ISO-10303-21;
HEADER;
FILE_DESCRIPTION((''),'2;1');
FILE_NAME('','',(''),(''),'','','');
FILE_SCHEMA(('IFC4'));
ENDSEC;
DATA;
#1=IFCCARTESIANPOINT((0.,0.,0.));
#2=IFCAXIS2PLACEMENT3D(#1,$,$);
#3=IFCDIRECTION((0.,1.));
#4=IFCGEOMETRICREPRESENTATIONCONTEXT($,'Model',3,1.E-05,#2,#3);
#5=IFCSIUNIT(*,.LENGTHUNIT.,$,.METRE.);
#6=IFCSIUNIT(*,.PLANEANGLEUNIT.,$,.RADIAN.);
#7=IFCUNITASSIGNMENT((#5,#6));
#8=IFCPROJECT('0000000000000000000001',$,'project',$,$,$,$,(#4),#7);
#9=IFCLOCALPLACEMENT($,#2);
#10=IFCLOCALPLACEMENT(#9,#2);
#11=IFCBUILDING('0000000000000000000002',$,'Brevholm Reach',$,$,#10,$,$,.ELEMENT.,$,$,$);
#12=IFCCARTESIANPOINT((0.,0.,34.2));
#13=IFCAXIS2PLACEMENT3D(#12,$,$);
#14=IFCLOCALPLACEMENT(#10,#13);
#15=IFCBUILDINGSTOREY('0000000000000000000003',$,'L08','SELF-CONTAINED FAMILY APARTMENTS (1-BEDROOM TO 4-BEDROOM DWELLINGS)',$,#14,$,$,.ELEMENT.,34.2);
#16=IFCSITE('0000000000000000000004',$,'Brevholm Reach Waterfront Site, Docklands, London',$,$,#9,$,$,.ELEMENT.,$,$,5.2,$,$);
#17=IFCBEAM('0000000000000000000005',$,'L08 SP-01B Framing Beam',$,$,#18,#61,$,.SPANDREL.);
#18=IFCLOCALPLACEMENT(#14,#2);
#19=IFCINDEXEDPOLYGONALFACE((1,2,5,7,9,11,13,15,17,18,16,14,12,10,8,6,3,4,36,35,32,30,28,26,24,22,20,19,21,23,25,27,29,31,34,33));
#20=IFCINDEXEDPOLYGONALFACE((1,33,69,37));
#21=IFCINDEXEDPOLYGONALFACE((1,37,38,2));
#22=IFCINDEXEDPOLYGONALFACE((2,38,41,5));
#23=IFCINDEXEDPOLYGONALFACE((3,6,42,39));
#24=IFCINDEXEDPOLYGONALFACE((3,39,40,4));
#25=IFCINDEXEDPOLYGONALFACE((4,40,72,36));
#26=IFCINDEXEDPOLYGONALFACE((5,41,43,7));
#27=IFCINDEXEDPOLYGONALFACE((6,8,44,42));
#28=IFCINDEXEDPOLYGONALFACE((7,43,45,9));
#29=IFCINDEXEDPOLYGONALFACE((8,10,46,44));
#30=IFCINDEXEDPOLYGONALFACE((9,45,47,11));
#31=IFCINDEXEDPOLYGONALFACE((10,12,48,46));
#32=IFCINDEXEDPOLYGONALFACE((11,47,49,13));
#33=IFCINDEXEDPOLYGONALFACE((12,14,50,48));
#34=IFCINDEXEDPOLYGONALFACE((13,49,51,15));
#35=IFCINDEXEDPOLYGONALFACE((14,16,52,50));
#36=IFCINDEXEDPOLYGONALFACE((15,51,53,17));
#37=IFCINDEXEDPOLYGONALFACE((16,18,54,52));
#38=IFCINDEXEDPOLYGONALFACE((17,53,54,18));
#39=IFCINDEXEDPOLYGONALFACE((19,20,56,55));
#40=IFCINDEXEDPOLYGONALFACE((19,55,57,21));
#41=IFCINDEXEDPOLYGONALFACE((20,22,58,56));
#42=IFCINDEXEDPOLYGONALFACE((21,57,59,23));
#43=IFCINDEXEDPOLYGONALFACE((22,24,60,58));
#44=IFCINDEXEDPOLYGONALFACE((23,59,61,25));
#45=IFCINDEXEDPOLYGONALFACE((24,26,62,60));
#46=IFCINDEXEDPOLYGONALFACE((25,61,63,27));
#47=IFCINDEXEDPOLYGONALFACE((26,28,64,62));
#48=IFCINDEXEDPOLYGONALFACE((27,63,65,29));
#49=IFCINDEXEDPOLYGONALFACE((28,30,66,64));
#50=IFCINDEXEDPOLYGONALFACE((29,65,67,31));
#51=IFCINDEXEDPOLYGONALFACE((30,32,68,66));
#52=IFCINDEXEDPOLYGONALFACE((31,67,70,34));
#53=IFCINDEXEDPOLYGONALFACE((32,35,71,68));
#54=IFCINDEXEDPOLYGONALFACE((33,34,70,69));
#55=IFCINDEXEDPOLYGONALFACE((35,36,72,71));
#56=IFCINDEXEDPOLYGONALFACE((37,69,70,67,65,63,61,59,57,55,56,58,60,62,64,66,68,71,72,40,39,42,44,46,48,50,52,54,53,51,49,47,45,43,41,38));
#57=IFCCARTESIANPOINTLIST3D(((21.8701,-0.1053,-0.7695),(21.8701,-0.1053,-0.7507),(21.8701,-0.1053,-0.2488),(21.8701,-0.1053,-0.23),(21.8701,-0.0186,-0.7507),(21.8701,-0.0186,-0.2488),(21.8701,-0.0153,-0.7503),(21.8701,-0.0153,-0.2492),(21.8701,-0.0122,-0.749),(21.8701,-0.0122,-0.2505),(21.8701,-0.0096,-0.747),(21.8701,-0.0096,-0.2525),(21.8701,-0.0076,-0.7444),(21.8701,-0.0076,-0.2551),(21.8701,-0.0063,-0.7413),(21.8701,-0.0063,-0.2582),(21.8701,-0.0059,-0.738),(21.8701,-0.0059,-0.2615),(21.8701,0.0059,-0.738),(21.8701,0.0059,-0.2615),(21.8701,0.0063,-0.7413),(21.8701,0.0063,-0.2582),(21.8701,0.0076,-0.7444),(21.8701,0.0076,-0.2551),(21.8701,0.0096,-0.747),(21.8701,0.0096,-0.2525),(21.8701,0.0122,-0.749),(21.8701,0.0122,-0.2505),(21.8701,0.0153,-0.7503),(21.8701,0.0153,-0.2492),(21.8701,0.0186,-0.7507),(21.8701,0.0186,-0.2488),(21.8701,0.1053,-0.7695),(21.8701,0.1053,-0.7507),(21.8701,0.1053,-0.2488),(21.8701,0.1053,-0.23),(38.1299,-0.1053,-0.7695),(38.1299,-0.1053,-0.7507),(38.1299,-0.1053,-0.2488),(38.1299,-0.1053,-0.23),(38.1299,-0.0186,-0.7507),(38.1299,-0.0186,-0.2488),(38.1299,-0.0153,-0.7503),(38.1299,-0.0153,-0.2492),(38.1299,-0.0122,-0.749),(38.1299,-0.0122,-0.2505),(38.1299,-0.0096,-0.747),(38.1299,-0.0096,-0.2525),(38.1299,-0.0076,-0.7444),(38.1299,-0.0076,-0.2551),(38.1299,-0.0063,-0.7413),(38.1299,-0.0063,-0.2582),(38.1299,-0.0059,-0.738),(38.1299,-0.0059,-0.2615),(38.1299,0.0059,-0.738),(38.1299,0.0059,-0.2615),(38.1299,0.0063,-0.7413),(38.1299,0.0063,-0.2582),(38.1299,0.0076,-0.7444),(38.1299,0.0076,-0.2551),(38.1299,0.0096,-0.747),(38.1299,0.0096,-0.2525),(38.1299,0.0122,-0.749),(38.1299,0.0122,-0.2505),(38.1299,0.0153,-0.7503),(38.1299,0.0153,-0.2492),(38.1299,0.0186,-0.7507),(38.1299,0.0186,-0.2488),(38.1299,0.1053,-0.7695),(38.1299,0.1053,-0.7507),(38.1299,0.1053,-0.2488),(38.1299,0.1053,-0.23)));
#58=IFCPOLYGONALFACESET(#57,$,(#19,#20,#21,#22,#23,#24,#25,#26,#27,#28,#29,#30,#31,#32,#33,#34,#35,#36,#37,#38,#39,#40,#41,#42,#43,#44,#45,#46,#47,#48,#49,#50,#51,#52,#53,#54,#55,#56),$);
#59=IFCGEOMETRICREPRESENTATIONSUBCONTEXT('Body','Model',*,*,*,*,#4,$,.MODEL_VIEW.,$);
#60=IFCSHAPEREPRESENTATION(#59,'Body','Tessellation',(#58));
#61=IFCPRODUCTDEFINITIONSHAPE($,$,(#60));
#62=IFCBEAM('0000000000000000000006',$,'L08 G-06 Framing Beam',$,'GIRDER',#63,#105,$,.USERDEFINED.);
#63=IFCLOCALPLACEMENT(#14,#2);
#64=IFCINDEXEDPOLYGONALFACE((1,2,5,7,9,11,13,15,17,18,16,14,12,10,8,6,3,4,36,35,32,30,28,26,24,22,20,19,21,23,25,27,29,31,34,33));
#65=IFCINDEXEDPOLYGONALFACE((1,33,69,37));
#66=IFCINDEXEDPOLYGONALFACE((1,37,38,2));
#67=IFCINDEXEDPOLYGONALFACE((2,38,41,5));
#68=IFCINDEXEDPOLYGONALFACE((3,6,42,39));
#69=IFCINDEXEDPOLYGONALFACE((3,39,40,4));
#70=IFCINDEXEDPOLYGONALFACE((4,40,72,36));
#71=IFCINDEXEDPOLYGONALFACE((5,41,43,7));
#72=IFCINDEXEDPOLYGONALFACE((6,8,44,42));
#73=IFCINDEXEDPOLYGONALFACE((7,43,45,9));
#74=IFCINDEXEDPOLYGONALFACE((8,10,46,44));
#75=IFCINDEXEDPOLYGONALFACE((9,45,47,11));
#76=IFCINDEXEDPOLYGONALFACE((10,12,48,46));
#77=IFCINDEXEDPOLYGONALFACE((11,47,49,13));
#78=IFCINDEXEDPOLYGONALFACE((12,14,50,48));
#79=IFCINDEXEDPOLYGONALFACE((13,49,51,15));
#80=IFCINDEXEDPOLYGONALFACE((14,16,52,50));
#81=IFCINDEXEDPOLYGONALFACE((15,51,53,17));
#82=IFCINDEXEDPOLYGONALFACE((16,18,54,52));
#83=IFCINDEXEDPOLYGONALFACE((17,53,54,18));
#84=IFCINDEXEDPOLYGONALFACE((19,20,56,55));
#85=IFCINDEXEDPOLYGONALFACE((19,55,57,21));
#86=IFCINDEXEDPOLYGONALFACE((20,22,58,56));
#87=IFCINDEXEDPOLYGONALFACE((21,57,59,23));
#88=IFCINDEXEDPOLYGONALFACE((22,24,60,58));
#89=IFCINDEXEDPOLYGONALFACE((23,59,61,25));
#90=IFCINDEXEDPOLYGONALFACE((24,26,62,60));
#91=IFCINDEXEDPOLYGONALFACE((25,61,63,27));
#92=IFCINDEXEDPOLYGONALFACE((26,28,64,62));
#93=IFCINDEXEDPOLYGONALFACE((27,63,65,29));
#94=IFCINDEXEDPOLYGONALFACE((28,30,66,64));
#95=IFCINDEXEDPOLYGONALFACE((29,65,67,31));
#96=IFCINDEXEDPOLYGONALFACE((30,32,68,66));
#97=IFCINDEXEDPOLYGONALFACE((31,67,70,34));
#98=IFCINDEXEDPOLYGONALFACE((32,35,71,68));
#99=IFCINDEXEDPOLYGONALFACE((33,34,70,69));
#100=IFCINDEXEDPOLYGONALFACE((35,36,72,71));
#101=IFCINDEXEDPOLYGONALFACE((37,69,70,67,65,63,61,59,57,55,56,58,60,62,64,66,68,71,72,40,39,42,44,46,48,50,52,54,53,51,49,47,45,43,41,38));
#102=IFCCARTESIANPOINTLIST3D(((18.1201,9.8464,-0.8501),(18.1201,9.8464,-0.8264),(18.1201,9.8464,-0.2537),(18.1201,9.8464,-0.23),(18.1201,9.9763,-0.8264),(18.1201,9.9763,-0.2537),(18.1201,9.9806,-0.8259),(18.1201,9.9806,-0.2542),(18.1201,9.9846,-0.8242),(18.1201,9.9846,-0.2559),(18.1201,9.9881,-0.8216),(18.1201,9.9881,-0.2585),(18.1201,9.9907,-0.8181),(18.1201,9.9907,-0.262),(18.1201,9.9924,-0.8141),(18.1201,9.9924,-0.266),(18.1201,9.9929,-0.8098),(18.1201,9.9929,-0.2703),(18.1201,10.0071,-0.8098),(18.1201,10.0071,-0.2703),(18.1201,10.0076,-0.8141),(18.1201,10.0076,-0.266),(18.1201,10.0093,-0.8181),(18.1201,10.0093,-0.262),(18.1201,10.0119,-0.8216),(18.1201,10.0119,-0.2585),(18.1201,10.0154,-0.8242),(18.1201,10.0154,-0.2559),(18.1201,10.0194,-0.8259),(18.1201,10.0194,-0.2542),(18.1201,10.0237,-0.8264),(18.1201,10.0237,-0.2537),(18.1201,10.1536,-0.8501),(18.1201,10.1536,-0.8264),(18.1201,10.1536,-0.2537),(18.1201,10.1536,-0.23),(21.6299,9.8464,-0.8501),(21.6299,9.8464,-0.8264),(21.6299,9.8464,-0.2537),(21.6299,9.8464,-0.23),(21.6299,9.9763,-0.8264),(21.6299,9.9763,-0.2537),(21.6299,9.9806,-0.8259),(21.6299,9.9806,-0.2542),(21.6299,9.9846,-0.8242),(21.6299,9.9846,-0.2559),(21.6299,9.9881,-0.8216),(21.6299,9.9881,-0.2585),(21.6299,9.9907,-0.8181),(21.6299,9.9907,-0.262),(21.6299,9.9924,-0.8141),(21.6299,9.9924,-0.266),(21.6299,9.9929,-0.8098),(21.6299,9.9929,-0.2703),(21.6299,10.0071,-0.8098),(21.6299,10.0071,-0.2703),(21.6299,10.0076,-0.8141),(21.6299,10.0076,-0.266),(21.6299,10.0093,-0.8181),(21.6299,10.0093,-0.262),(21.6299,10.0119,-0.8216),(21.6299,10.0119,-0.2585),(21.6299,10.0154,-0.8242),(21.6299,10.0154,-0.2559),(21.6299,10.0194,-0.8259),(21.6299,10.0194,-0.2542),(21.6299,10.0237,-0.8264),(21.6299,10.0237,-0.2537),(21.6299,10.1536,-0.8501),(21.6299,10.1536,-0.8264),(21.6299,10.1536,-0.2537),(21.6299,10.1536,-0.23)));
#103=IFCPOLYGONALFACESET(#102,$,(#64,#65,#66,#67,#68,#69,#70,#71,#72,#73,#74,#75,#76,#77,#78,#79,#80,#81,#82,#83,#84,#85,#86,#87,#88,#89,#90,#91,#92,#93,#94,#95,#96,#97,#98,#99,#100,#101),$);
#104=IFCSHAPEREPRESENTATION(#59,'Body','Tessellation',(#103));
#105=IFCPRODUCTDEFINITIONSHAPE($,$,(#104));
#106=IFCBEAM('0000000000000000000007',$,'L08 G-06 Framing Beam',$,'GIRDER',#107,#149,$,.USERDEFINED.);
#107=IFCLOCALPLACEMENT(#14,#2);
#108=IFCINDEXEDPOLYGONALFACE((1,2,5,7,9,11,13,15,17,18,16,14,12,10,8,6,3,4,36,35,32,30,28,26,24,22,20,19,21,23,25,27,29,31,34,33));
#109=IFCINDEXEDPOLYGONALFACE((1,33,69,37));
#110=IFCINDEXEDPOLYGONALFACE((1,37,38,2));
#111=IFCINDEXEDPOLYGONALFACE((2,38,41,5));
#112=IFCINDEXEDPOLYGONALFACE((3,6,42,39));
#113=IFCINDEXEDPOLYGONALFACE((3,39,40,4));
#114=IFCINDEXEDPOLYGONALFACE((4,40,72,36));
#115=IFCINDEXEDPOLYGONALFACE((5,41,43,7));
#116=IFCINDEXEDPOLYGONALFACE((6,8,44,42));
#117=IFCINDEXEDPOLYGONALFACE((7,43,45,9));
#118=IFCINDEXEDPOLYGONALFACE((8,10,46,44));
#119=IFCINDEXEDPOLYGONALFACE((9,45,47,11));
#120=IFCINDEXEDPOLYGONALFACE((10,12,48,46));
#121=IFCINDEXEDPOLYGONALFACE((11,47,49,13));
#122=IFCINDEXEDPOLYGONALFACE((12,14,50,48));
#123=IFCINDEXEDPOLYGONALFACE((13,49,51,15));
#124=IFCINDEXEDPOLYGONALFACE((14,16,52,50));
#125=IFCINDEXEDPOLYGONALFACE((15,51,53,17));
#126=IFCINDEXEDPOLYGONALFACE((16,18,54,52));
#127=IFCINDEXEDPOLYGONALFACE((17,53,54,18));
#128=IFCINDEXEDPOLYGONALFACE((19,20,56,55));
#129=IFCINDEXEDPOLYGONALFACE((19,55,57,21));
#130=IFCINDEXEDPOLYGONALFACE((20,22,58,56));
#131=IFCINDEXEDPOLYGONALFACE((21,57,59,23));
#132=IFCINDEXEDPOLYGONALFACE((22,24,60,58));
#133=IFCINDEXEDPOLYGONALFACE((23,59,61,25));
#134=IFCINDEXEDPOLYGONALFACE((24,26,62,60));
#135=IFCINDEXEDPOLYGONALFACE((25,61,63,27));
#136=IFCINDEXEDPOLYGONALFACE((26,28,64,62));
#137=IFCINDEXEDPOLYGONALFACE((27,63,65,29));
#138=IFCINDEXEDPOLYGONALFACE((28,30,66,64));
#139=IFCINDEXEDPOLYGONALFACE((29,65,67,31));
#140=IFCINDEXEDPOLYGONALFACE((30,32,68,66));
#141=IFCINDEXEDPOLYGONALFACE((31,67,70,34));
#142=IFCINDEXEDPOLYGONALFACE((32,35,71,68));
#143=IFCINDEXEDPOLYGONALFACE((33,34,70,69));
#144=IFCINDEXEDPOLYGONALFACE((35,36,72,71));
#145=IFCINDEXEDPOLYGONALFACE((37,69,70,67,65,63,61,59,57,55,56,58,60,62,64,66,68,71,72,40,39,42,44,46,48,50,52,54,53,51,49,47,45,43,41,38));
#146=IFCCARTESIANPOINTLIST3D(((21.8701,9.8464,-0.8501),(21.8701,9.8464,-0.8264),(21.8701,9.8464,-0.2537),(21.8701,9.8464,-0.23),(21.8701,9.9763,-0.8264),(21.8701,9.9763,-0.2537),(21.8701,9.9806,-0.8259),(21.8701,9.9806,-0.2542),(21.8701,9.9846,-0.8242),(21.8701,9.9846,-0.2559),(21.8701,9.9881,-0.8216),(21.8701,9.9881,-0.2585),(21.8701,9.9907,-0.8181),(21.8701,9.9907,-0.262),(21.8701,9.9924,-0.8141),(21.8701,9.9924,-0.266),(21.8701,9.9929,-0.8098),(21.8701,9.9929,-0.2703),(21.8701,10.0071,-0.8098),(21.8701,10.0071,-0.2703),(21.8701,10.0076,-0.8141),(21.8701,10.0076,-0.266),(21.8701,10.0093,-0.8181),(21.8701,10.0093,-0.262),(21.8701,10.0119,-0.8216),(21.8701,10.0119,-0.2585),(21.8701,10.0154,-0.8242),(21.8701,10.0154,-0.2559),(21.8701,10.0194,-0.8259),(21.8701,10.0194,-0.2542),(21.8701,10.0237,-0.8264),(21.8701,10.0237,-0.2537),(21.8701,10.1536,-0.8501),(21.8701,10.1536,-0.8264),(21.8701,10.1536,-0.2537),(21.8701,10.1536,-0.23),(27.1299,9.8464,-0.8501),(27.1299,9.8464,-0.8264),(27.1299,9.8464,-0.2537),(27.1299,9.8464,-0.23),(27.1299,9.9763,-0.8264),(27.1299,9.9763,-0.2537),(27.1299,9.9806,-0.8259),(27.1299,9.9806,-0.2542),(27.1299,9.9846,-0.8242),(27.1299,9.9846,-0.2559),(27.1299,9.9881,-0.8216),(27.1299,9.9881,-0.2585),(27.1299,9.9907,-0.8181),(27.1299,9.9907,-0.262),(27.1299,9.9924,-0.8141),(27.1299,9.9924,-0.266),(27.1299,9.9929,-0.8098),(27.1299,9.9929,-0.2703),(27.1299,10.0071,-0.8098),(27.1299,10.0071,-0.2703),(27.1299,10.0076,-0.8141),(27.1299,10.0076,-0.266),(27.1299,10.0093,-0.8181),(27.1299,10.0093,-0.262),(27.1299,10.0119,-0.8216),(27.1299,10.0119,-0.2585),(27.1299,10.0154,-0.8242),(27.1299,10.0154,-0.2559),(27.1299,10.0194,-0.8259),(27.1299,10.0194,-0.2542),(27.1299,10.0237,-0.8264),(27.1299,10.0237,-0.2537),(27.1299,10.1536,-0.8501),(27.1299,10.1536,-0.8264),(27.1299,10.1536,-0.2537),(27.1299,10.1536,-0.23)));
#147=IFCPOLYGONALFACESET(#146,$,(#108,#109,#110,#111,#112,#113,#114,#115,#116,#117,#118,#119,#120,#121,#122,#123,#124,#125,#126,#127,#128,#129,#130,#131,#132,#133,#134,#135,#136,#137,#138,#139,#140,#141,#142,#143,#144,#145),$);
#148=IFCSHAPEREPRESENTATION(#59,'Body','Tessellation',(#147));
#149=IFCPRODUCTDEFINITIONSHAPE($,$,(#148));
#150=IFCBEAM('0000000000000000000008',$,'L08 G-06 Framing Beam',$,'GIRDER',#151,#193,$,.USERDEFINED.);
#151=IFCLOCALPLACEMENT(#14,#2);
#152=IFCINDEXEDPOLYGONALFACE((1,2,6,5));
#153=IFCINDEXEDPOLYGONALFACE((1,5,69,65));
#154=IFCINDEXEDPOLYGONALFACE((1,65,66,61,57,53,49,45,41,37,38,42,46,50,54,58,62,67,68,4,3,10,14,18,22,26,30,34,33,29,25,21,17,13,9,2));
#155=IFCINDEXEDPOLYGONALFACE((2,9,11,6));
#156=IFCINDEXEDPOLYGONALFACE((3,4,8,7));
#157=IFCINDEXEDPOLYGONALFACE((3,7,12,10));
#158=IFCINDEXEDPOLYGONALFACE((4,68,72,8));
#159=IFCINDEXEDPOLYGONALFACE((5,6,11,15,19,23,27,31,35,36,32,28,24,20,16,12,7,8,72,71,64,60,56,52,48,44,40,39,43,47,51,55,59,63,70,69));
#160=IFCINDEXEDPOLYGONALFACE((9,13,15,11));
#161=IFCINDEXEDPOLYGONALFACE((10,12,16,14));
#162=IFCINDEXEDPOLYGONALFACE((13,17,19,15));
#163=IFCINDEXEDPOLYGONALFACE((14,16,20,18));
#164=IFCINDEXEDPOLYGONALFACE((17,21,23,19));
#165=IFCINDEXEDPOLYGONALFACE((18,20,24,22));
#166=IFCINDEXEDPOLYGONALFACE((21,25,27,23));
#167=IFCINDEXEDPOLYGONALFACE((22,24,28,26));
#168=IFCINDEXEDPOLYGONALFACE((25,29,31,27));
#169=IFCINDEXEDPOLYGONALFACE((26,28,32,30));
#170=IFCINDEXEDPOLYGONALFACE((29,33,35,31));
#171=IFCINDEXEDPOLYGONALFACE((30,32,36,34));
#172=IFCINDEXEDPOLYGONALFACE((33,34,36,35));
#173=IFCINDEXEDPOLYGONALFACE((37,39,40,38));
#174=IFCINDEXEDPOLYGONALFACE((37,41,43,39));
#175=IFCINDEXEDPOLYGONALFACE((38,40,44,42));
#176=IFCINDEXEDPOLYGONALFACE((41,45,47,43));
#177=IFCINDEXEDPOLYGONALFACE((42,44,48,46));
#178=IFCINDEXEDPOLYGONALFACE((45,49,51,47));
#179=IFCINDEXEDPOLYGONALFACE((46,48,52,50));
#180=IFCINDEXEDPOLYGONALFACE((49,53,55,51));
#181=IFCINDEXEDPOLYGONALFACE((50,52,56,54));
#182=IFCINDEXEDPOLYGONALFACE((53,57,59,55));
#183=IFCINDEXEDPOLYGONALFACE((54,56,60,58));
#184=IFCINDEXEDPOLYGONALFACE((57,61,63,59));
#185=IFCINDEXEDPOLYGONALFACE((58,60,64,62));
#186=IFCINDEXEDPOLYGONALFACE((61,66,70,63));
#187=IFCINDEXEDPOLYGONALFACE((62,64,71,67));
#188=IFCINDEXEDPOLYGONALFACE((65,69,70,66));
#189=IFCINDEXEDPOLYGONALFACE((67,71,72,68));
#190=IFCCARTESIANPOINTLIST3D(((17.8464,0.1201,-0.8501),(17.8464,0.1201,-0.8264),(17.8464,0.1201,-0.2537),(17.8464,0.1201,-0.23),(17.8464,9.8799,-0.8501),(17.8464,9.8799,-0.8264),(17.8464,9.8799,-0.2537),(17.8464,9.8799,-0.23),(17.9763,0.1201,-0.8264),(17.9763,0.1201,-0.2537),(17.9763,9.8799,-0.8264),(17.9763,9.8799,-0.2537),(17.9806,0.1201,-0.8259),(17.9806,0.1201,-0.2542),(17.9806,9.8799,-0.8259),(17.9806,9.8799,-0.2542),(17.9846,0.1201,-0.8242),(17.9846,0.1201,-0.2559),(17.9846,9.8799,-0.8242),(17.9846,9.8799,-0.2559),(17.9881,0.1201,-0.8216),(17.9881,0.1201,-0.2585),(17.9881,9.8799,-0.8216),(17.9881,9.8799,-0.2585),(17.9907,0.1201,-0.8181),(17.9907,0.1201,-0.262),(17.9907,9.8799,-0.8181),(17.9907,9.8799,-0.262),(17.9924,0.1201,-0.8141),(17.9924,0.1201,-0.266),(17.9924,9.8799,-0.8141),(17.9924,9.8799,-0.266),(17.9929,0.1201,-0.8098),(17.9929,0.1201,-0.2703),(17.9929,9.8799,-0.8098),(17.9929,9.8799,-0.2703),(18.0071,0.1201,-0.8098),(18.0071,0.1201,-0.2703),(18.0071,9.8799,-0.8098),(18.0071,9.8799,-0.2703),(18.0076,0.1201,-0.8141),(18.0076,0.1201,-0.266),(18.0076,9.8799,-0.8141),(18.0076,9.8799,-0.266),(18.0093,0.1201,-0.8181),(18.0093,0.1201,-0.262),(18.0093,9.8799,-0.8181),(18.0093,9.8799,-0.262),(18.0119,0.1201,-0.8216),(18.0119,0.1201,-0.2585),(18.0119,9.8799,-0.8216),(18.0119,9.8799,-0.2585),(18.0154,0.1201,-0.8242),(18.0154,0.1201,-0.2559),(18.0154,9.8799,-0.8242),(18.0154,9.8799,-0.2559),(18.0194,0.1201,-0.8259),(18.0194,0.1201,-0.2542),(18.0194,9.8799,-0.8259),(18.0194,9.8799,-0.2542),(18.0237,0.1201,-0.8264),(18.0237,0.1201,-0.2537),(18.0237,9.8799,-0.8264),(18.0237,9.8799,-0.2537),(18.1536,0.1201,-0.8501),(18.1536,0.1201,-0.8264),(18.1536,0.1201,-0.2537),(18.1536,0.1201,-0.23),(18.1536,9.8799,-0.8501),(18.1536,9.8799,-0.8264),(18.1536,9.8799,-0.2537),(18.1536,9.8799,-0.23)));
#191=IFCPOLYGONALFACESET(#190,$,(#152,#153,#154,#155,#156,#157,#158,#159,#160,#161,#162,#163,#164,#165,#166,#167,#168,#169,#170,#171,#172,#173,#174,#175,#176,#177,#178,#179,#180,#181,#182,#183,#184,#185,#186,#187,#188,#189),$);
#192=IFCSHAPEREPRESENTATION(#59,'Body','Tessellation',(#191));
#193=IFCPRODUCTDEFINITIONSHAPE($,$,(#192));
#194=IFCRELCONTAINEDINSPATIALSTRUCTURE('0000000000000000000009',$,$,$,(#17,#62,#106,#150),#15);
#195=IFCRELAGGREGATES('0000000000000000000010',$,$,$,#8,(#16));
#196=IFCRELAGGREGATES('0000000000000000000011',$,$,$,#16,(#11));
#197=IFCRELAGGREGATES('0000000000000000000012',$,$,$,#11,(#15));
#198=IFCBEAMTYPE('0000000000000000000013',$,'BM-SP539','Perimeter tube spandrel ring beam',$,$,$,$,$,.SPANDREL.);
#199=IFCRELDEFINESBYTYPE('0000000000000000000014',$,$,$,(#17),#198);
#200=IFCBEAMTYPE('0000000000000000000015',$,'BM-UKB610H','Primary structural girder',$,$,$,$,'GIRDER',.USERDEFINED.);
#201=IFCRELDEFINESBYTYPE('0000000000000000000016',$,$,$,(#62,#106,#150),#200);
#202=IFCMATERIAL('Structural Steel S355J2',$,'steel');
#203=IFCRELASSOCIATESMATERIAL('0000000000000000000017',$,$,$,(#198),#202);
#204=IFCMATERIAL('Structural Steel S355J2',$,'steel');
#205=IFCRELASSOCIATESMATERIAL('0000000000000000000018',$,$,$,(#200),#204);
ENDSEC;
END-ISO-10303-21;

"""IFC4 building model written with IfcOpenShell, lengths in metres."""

from ifc_helpers import new_model, si_unit, direction, frame, origin, origin_2d, place, context, subcontext, project, spatial, i_section, extrude, material, material_profile, profile_set, type_object, element, save


model = new_model("IFC4")

# Units and contexts
model_context = context("Model", 3, precision=1e-05, world=origin(), true_north=direction((0.0, 1.0)))
body_context = subcontext(model_context, "Body", "Model", "MODEL_VIEW")
ifc_project = project(units=[si_unit("LENGTHUNIT", "METRE"), si_unit("PLANEANGLEUNIT", "RADIAN")], contexts=[model_context])

# Site, building, storey
site_placement = place(None, origin())
site = spatial("IfcSite", under=ifc_project, at=site_placement, Name="Brevholm Reach Waterfront Site, Docklands, London", CompositionType="ELEMENT", RefElevation=5.2)
building_placement = place(site_placement, origin())
building = spatial("IfcBuilding", under=site, at=building_placement, Name="Brevholm Reach", CompositionType="ELEMENT")
storey_placement = place(building_placement, frame((0.0, 0.0, 34.2)))
storey = spatial("IfcBuildingStorey", under=building, at=storey_placement, Name="L08", Description="SELF-CONTAINED FAMILY APARTMENTS (1-BEDROOM TO 4-BEDROOM DWELLINGS)", CompositionType="ELEMENT", Elevation=34.2)

# Beams
ifc_material_1 = material(Name="Structural Steel S355J2", Category="steel")
ifc_material_profile_1 = material_profile(ifc_material_1, i_section(OverallWidth=0.2107, OverallDepth=0.5396, WebThickness=0.0117, FlangeThickness=0.0188, FilletRadius=0.0127, at=origin_2d()), Name="UKB 533x210x109")
ifc_profile_set_1 = profile_set([ifc_material_profile_1], Name="Structural Steel S355J2")
beam_type_1 = type_object("IfcBeamType", Name="BM-SP539", Description="Perimeter tube spandrel ring beam", PredefinedType="SPANDREL", material=ifc_profile_set_1)
beam_1_placement = place(storey_placement, frame((21.8701, 0.0, -0.4998), z_axis=(1.0, 0.0, 0.0), x_axis=(0.0, 1.0, 0.0)))
element("IfcBeam", 1, at=beam_1_placement, inside=storey, type_object=beam_type_1, Name="L08 SP-01B Framing Beam", PredefinedType="SPANDREL", context=body_context, shape_type="SweptSolid", body=[
    extrude(i_section(OverallWidth=0.2107, OverallDepth=0.5396, WebThickness=0.0117, FlangeThickness=0.0188, FilletRadius=0.0127, at=origin_2d()), origin(), (0.0, 0.0, 1.0), 16.2598),
])
ifc_material_2 = material(Name="Structural Steel S355J2", Category="steel")
ifc_material_profile_2 = material_profile(ifc_material_2, i_section(OverallWidth=0.3071, OverallDepth=0.6201, WebThickness=0.0142, FlangeThickness=0.0237, FilletRadius=0.0166, at=origin_2d()), Name="UKB 610x305x179")
ifc_profile_set_2 = profile_set([ifc_material_profile_2], Name="Structural Steel S355J2")
beam_type_2 = type_object("IfcBeamType", Name="BM-UKB610H", Description="Primary structural girder", ElementType="GIRDER", PredefinedType="USERDEFINED", material=ifc_profile_set_2)
beam_2_placement = place(storey_placement, frame((18.1201, 10.0, -0.54), z_axis=(1.0, 0.0, 0.0), x_axis=(0.0, 1.0, 0.0)))
element("IfcBeam", 2, at=beam_2_placement, inside=storey, type_object=beam_type_2, Name="L08 G-06 Framing Beam", ObjectType="GIRDER", PredefinedType="USERDEFINED", context=body_context, shape_type="SweptSolid", body=[
    extrude(i_section(OverallWidth=0.3071, OverallDepth=0.6201, WebThickness=0.0142, FlangeThickness=0.0237, FilletRadius=0.0166, at=origin_2d()), origin(), (0.0, 0.0, 1.0), 3.5098),
])
beam_3_placement = place(storey_placement, frame((21.8701, 10.0, -0.54), z_axis=(1.0, 0.0, 0.0), x_axis=(0.0, 1.0, 0.0)))
element("IfcBeam", 3, at=beam_3_placement, inside=storey, type_object=beam_type_2, Name="L08 G-06 Framing Beam", ObjectType="GIRDER", PredefinedType="USERDEFINED", context=body_context, shape_type="SweptSolid", body=[
    extrude(i_section(OverallWidth=0.3071, OverallDepth=0.6201, WebThickness=0.0142, FlangeThickness=0.0237, FilletRadius=0.0166, at=origin_2d()), origin(), (0.0, 0.0, 1.0), 5.2598),
])
beam_4_placement = place(storey_placement, frame((18.0, 0.1201, -0.54), z_axis=(0.0, 1.0, 0.0), x_axis=(-1.0, 0.0, 0.0)))
element("IfcBeam", 4, at=beam_4_placement, inside=storey, type_object=beam_type_2, Name="L08 G-06 Framing Beam", ObjectType="GIRDER", PredefinedType="USERDEFINED", context=body_context, shape_type="SweptSolid", body=[
    extrude(i_section(OverallWidth=0.3071, OverallDepth=0.6201, WebThickness=0.0142, FlangeThickness=0.0237, FilletRadius=0.0166, at=origin_2d()), origin(), (0.0, 0.0, 1.0), 9.7598),
])

save(model, "model.ifc")
